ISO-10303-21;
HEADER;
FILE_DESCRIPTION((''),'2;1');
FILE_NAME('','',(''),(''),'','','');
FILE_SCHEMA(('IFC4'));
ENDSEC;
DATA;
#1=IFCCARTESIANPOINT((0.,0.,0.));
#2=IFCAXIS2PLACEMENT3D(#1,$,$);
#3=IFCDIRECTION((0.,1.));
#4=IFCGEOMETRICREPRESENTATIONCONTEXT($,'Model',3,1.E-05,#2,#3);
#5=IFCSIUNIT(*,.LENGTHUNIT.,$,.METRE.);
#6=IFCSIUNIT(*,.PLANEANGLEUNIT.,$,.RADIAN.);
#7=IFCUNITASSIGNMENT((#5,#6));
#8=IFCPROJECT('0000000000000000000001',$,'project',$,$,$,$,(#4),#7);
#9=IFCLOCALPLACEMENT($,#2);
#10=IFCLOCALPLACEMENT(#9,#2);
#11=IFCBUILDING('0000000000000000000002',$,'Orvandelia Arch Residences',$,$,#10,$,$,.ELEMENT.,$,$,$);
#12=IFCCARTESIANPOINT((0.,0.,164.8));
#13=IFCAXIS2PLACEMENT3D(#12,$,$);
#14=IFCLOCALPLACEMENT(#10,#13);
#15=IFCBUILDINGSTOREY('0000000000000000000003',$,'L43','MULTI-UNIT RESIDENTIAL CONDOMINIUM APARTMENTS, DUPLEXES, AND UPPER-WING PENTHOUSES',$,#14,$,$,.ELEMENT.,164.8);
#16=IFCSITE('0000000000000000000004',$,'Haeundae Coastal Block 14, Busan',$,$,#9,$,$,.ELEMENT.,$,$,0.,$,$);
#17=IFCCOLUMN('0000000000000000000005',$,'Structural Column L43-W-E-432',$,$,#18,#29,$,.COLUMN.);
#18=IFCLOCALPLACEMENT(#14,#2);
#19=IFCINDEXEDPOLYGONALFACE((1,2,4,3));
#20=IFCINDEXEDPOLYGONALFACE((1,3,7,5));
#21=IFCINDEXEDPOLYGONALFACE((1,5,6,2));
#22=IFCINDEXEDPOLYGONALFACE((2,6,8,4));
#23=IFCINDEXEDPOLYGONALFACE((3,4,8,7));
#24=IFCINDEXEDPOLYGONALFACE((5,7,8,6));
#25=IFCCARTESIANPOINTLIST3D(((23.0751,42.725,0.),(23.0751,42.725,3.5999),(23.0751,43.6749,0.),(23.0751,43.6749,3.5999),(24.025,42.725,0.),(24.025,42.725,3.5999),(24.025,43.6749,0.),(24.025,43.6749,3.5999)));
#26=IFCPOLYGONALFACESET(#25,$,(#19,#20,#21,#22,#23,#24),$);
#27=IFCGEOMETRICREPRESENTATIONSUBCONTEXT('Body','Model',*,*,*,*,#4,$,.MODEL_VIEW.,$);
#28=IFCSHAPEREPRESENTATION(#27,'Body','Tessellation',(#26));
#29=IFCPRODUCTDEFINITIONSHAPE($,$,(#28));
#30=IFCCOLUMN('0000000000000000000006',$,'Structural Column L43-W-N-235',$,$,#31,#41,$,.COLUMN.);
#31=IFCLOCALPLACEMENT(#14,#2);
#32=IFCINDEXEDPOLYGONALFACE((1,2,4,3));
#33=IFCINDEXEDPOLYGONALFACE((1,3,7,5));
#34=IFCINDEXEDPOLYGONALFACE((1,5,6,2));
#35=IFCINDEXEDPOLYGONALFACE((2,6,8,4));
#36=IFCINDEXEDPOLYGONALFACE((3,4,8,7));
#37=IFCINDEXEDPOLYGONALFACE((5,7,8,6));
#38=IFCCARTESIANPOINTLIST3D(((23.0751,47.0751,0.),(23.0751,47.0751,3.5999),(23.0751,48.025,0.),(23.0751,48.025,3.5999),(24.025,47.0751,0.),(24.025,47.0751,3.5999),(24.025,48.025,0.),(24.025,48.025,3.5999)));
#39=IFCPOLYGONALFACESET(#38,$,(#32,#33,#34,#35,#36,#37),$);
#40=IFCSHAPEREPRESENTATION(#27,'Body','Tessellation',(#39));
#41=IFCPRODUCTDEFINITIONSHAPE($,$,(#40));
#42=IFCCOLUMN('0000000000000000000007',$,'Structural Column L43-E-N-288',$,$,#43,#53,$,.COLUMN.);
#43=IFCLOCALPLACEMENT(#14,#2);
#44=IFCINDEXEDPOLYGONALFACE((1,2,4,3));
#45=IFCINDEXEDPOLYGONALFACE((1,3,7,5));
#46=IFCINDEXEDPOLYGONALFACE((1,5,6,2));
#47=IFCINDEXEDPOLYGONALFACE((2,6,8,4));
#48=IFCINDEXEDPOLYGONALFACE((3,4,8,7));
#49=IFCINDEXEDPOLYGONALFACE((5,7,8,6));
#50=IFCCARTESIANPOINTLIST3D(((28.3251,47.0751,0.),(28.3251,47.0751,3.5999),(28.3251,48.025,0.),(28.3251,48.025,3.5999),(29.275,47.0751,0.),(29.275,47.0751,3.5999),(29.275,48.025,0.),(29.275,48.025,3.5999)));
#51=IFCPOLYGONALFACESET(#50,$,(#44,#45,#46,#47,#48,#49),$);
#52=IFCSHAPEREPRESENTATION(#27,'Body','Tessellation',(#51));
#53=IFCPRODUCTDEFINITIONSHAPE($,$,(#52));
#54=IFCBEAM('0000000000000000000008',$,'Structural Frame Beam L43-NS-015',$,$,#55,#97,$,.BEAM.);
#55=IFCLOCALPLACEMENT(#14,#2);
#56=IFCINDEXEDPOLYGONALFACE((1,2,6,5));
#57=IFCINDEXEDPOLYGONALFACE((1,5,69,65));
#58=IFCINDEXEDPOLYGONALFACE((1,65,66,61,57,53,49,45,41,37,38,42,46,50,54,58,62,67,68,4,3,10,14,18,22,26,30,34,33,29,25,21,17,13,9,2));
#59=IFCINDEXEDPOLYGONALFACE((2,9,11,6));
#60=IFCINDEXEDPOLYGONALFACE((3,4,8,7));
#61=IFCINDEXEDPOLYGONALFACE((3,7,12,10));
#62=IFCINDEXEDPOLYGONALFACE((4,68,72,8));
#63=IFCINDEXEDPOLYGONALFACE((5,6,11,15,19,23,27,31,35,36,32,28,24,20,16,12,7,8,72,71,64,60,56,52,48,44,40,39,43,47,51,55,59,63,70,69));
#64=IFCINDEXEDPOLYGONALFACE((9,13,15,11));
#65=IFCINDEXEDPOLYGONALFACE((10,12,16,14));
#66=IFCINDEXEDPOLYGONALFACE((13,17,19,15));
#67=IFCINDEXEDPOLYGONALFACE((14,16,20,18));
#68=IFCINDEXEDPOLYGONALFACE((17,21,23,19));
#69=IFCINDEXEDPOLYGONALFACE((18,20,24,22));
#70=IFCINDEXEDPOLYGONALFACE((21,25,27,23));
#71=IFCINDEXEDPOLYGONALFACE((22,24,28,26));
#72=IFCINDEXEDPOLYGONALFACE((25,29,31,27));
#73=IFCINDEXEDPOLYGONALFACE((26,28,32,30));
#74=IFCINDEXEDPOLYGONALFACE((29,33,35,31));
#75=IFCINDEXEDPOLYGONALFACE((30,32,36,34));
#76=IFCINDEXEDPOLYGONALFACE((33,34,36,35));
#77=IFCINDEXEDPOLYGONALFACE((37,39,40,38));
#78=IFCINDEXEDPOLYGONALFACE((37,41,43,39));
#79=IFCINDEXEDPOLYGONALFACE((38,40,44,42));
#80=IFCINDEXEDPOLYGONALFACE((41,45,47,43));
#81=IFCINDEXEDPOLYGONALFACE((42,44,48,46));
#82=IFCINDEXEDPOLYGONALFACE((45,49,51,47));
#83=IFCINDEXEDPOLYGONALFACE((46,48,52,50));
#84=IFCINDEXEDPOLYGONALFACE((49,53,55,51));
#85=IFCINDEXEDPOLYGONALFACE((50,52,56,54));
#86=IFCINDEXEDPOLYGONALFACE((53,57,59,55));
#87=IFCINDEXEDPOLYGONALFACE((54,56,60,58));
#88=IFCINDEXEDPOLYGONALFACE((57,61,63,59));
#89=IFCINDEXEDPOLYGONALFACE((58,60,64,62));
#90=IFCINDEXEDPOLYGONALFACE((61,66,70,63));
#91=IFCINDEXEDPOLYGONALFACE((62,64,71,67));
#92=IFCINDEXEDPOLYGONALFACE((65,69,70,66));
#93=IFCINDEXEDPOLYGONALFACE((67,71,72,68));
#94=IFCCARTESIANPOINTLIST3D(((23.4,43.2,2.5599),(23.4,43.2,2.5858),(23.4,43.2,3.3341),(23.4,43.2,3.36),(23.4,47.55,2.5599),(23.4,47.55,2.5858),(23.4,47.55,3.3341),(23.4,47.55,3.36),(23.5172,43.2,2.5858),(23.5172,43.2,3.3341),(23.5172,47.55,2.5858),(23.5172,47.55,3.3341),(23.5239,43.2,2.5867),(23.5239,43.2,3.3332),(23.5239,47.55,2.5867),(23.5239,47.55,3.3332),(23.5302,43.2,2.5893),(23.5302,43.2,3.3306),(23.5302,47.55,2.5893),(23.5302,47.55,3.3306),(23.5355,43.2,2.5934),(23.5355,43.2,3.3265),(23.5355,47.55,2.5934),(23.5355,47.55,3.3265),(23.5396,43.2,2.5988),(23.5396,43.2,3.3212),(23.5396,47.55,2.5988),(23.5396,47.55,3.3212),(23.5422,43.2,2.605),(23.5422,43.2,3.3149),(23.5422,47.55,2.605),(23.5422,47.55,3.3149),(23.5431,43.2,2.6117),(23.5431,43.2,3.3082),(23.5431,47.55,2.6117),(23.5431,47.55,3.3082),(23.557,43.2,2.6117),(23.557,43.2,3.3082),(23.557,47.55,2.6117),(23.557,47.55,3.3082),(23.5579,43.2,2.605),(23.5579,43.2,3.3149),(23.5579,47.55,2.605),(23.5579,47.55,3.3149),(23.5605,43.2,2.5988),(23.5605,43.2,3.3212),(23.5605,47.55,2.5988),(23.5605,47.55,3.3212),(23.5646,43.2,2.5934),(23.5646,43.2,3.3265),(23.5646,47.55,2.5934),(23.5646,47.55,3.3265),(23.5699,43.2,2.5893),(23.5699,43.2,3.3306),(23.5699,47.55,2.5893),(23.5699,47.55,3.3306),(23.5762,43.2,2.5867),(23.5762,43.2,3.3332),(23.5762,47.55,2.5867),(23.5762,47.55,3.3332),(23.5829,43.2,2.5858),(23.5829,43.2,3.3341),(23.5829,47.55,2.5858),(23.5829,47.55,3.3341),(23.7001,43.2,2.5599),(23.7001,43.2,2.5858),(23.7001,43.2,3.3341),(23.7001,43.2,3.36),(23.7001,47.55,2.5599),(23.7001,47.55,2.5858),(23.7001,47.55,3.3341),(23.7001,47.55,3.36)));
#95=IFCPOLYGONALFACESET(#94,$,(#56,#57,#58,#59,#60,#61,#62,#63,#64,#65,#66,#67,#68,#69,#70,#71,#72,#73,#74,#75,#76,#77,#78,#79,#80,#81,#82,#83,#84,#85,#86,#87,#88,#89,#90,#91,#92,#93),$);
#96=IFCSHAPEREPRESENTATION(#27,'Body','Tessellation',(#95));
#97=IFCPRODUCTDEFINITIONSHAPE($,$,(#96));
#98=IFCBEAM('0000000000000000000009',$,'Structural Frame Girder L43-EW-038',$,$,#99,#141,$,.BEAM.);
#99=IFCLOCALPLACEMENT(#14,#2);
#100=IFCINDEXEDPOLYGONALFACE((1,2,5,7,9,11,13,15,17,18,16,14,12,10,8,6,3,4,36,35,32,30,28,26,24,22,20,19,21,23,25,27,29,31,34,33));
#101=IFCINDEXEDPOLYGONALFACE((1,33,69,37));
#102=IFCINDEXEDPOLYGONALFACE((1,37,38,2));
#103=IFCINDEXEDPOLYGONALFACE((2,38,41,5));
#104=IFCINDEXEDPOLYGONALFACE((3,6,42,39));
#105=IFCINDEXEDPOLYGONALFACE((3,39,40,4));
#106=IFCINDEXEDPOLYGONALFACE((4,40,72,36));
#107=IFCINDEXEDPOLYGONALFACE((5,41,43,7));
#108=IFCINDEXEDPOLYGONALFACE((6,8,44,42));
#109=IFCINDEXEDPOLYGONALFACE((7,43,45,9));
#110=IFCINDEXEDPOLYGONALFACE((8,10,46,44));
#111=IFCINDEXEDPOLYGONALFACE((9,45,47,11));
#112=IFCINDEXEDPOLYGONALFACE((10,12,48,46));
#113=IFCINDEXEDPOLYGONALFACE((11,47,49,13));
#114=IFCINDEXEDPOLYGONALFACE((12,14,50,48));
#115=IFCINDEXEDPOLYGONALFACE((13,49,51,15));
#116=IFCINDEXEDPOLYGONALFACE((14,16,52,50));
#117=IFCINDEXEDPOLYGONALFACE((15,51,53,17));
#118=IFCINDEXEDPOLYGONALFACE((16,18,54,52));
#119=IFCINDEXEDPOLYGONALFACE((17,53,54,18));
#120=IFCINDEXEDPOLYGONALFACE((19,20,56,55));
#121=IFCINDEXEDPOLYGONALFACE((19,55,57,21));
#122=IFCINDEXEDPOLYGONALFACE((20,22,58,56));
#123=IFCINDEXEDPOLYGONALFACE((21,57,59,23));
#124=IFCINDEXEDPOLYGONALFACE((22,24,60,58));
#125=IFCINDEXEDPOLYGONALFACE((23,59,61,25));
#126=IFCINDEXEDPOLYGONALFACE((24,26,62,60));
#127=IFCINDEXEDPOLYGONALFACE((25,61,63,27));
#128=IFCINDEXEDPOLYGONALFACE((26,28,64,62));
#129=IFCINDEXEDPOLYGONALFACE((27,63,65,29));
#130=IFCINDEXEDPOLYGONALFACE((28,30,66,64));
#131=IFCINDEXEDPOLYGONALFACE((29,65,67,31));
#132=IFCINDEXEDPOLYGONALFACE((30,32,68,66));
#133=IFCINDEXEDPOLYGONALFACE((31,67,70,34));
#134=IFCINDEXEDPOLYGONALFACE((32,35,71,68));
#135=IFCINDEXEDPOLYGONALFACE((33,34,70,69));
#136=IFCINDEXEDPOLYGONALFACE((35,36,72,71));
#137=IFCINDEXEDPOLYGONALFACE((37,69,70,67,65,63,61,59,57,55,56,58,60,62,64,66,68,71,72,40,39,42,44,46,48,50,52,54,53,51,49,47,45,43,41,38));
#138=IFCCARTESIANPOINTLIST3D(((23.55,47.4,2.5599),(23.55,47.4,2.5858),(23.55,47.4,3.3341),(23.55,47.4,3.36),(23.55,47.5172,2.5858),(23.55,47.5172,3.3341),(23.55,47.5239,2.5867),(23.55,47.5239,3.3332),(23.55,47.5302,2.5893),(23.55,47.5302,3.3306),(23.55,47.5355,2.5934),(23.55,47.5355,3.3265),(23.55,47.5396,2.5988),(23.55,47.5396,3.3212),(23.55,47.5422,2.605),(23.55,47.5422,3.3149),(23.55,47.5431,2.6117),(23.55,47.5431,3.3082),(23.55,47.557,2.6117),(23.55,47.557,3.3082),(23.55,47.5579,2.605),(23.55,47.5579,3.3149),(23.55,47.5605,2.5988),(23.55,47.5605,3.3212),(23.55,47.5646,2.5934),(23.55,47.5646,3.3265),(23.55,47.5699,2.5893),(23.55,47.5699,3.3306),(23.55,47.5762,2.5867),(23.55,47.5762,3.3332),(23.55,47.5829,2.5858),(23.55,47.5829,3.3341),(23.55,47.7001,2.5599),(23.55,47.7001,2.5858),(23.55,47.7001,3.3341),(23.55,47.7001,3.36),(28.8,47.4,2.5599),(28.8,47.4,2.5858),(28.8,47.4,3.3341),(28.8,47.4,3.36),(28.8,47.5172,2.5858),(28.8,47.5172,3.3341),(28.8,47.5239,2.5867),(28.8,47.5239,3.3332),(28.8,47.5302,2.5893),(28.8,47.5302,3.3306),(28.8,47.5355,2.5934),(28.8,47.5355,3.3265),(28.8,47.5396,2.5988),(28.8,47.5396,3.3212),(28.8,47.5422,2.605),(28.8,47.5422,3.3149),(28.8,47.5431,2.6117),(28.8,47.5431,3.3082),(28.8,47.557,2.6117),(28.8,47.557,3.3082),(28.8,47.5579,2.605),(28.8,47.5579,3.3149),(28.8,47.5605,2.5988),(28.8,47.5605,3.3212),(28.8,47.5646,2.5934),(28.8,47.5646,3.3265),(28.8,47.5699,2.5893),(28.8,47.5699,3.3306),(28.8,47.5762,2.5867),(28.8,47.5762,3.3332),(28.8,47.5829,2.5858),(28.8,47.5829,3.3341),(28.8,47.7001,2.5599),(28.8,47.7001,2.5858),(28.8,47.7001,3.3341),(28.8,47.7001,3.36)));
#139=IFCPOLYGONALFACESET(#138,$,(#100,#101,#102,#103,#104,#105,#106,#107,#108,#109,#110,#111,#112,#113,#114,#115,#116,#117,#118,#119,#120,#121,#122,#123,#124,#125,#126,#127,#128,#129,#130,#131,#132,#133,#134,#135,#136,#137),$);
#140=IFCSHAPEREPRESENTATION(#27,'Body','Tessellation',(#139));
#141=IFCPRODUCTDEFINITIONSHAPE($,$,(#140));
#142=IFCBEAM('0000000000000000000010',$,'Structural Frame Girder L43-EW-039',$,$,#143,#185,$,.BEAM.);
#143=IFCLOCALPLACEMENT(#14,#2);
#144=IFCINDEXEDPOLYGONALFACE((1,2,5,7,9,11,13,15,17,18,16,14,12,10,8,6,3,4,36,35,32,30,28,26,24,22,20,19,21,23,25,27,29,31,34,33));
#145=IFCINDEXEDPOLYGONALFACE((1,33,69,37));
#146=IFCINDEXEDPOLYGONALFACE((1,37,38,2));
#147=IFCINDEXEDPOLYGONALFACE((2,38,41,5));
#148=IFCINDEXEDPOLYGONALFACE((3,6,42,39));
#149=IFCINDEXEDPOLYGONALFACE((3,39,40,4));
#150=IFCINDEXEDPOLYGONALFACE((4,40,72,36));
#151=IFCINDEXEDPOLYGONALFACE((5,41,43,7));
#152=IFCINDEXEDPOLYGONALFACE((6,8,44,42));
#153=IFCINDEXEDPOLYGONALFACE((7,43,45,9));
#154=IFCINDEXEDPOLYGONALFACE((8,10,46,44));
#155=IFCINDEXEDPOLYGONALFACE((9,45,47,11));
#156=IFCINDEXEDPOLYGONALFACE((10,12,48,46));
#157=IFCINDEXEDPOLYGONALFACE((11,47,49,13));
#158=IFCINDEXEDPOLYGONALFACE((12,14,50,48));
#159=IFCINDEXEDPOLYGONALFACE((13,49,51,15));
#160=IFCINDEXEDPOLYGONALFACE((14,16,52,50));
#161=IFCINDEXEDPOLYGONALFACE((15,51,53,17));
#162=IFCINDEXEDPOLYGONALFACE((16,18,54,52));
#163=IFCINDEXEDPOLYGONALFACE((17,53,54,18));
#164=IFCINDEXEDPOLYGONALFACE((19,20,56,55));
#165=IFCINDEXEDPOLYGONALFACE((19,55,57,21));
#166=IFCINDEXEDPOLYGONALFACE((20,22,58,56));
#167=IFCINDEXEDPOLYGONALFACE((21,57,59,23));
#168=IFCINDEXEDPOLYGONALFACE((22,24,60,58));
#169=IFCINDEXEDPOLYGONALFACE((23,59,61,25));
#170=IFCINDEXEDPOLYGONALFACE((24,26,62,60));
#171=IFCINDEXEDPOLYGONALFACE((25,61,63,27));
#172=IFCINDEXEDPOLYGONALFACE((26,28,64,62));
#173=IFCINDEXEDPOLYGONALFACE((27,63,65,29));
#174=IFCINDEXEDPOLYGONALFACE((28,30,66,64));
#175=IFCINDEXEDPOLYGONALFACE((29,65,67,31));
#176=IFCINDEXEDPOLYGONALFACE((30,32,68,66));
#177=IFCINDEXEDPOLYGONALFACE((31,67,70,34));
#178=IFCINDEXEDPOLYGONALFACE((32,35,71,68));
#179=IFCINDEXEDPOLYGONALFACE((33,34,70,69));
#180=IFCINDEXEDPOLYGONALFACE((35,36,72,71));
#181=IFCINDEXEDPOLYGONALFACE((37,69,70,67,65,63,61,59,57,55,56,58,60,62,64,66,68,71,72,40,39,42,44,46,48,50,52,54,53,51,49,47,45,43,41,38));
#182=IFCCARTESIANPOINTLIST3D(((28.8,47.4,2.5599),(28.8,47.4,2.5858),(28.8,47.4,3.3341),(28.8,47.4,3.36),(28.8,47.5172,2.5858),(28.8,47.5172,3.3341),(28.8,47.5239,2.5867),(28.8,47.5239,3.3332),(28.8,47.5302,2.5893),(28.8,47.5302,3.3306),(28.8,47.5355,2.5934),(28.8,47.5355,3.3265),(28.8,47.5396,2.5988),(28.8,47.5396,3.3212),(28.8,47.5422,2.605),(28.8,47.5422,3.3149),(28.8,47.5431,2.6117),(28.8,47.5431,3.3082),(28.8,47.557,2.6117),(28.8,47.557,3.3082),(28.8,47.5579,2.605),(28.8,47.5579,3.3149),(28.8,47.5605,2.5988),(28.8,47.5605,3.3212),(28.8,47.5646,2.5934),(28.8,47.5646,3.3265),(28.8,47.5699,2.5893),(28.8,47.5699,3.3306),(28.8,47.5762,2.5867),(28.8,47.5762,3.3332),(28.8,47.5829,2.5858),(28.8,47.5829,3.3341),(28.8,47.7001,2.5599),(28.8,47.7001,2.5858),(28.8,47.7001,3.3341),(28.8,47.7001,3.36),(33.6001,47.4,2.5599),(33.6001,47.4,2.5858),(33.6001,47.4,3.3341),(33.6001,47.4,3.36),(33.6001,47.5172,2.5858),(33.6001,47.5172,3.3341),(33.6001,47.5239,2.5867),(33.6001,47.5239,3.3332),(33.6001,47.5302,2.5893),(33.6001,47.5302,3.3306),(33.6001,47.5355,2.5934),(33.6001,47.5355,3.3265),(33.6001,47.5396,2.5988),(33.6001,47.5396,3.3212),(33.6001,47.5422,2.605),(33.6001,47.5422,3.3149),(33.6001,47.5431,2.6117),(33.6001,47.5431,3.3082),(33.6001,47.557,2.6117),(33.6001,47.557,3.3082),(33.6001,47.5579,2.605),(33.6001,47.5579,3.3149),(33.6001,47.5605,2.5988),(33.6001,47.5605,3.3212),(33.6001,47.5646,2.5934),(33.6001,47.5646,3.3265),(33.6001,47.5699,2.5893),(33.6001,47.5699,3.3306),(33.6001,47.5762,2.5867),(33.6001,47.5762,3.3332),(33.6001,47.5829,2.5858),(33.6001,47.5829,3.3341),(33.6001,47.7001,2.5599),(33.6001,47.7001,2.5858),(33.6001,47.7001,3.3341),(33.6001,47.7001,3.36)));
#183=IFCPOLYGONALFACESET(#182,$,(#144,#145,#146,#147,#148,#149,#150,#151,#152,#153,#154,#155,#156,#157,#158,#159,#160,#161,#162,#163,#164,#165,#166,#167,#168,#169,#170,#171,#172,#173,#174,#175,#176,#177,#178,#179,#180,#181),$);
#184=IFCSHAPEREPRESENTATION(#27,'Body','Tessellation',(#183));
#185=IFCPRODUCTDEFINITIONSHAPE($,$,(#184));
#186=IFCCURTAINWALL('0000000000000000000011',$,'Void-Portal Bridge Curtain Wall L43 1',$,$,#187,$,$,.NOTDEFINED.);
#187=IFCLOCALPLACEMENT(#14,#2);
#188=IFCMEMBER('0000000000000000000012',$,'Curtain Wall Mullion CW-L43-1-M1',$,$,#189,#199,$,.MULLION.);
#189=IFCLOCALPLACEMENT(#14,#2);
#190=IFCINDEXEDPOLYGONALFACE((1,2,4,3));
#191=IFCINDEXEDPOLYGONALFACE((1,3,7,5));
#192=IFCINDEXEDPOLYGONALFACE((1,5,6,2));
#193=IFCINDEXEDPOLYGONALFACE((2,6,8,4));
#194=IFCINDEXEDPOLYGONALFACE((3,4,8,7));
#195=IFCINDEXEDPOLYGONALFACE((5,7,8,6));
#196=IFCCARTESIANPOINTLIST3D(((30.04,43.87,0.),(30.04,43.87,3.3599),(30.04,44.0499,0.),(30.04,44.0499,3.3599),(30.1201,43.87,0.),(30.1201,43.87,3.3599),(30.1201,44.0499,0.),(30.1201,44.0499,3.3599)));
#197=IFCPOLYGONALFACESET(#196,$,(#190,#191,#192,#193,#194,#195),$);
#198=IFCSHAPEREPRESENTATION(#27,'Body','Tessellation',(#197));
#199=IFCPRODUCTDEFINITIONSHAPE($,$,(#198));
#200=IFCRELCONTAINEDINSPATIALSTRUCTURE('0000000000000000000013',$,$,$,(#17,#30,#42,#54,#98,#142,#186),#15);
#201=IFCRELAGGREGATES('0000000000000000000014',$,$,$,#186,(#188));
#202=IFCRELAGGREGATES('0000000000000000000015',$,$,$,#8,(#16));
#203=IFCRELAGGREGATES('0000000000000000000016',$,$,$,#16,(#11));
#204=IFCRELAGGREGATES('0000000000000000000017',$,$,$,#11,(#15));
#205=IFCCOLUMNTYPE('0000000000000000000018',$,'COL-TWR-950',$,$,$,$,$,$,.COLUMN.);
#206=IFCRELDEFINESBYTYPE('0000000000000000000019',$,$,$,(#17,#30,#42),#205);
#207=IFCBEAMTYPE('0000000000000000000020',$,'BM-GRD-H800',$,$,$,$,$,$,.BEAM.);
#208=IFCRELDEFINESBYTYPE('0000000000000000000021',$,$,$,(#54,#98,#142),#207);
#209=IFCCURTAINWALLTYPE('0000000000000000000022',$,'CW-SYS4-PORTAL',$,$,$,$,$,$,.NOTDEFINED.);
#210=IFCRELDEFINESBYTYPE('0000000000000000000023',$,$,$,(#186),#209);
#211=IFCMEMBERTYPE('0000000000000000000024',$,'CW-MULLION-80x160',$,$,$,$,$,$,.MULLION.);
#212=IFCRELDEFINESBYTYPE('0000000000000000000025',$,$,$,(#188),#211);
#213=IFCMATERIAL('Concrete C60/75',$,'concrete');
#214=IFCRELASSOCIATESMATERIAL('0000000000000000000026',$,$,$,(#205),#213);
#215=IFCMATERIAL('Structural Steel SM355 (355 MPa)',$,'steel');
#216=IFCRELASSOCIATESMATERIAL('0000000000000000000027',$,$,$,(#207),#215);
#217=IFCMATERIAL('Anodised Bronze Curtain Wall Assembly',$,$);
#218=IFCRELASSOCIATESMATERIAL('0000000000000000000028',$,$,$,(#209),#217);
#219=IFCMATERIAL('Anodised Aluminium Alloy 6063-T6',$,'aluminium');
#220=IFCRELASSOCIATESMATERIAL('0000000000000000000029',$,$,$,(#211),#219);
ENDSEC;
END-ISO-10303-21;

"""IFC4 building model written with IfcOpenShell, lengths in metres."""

from ifc_helpers import new_model, si_unit, direction, frame, origin, origin_2d, place, context, subcontext, project, spatial, rectangle, i_section, extrude, material, material_profile, profile_set, type_object, element, aggregate, save


model = new_model("IFC4")

# Units and contexts
model_context = context("Model", 3, precision=1e-05, world=origin(), true_north=direction((0.0, 1.0)))
body_context = subcontext(model_context, "Body", "Model", "MODEL_VIEW")
ifc_project = project(units=[si_unit("LENGTHUNIT", "METRE"), si_unit("PLANEANGLEUNIT", "RADIAN")], contexts=[model_context])

# Site, building, storey
site_placement = place(None, origin())
site = spatial("IfcSite", under=ifc_project, at=site_placement, Name="Haeundae Coastal Block 14, Busan", CompositionType="ELEMENT", RefElevation=0.0)
building_placement = place(site_placement, origin())
building = spatial("IfcBuilding", under=site, at=building_placement, Name="Orvandelia Arch Residences", CompositionType="ELEMENT")
storey_placement = place(building_placement, frame((0.0, 0.0, 164.8)))
storey = spatial("IfcBuildingStorey", under=building, at=storey_placement, Name="L43", Description="MULTI-UNIT RESIDENTIAL CONDOMINIUM APARTMENTS, DUPLEXES, AND UPPER-WING PENTHOUSES", CompositionType="ELEMENT", Elevation=164.8)

# Columns
ifc_material_1 = material(Name="Concrete C60/75", Category="concrete")
ifc_material_profile_1 = material_profile(ifc_material_1, rectangle(XDim=0.95, YDim=0.95, at=origin_2d()), Name="Concrete C60/75", Category="concrete")
ifc_profile_set_1 = profile_set([ifc_material_profile_1], Name="Concrete C60/75")
column_type = type_object("IfcColumnType", Name="COL-TWR-950", PredefinedType="COLUMN", material=ifc_profile_set_1)
for number, where, z_axis, x_axis, name in (
    (1, (23.55, 43.2, 0.0), (0.0, 0.0, 1.0), (1.0, 0.0, 0.0), "Structural Column L43-W-E-432"),
    (2, (23.55, 47.55, 0.0), (0.0, 0.0, 1.0), (1.0, 0.0, 0.0), "Structural Column L43-W-N-235"),
    (3, (28.8, 47.55, 0.0), (0.0, 0.0, 1.0), (1.0, 0.0, 0.0), "Structural Column L43-E-N-288"),
):
    element("IfcColumn", number, at=place(storey_placement, frame(where, z_axis=z_axis, x_axis=x_axis)), inside=storey, type_object=column_type, Name=name, PredefinedType="COLUMN", context=body_context, shape_type="SweptSolid", body=[
        extrude(rectangle(XDim=0.95, YDim=0.95, at=origin_2d()), origin(), (0.0, 0.0, 1.0), 3.5999),
    ])

# Beams
ifc_material_2 = material(Name="Structural Steel SM355 (355 MPa)", Category="steel")
ifc_material_profile_2 = material_profile(ifc_material_2, i_section(OverallWidth=0.3, OverallDepth=0.8, WebThickness=0.0139, FlangeThickness=0.0259, FilletRadius=0.0259, at=origin_2d()), Name="Structural Steel SM355 (355 MPa)", Category="steel")
ifc_profile_set_2 = profile_set([ifc_material_profile_2], Name="Structural Steel SM355 (355 MPa)")
beam_type = type_object("IfcBeamType", Name="BM-GRD-H800", PredefinedType="BEAM", material=ifc_profile_set_2)
beam_1_placement = place(storey_placement, frame((23.55, 43.2, 2.96), z_axis=(0.0, 1.0, 0.0), x_axis=(-1.0, 0.0, 0.0)))
element("IfcBeam", 4, at=beam_1_placement, inside=storey, type_object=beam_type, Name="Structural Frame Beam L43-NS-015", PredefinedType="BEAM", context=body_context, shape_type="SweptSolid", body=[
    extrude(i_section(OverallWidth=0.3, OverallDepth=0.8, WebThickness=0.0139, FlangeThickness=0.0259, FilletRadius=0.0259, at=origin_2d()), origin(), (0.0, 0.0, 1.0), 4.3501),
])
beam_2_placement = place(storey_placement, frame((23.55, 47.55, 2.96), z_axis=(1.0, 0.0, 0.0), x_axis=(0.0, 1.0, 0.0)))
element("IfcBeam", 5, at=beam_2_placement, inside=storey, type_object=beam_type, Name="Structural Frame Girder L43-EW-038", PredefinedType="BEAM", context=body_context, shape_type="SweptSolid", body=[
    extrude(i_section(OverallWidth=0.3, OverallDepth=0.8, WebThickness=0.0139, FlangeThickness=0.0259, FilletRadius=0.0259, at=origin_2d()), origin(), (0.0, 0.0, 1.0), 5.25),
])
beam_3_placement = place(storey_placement, frame((28.8, 47.55, 2.96), z_axis=(1.0, 0.0, 0.0), x_axis=(0.0, 1.0, 0.0)))
element("IfcBeam", 6, at=beam_3_placement, inside=storey, type_object=beam_type, Name="Structural Frame Girder L43-EW-039", PredefinedType="BEAM", context=body_context, shape_type="SweptSolid", body=[
    extrude(i_section(OverallWidth=0.3, OverallDepth=0.8, WebThickness=0.0139, FlangeThickness=0.0259, FilletRadius=0.0259, at=origin_2d()), origin(), (0.0, 0.0, 1.0), 4.8),
])

# Curtain wall, member
ifc_material_3 = material(Name="Anodised Bronze Curtain Wall Assembly")
curtain_wall_type = type_object("IfcCurtainWallType", Name="CW-SYS4-PORTAL", PredefinedType="NOTDEFINED", material=ifc_material_3)
curtain_wall_placement = place(storey_placement, origin())
curtain_wall = element("IfcCurtainWall", 7, at=curtain_wall_placement, inside=storey, type_object=curtain_wall_type, Name="Void-Portal Bridge Curtain Wall L43 1", PredefinedType="NOTDEFINED")
ifc_material_4 = material(Name="Anodised Aluminium Alloy 6063-T6", Category="aluminium")
ifc_material_profile_3 = material_profile(ifc_material_4, rectangle(XDim=0.0801, YDim=0.1799, at=origin_2d()), Name="Anodised Aluminium Alloy 6063-T6", Category="aluminium")
ifc_profile_set_3 = profile_set([ifc_material_profile_3], Name="Anodised Aluminium Alloy 6063-T6")
member_type_1 = type_object("IfcMemberType", Name="CW-MULLION-80x160", PredefinedType="MULLION", material=ifc_profile_set_3)
member_1_placement = place(storey_placement, frame((30.0801, 43.96, 0.0), z_axis=(0.0, 0.0, 1.0), x_axis=(1.0, 0.0, 0.0)))
member_1 = element("IfcMember", 8, at=member_1_placement, type_object=member_type_1, Name="Curtain Wall Mullion CW-L43-1-M1", PredefinedType="MULLION", context=body_context, shape_type="SweptSolid", body=[
    extrude(rectangle(XDim=0.0801, YDim=0.1799, at=origin_2d()), origin(), (0.0, 0.0, 1.0), 3.3599),
])
aggregate(curtain_wall, [member_1])

save(model, "model.ifc")
